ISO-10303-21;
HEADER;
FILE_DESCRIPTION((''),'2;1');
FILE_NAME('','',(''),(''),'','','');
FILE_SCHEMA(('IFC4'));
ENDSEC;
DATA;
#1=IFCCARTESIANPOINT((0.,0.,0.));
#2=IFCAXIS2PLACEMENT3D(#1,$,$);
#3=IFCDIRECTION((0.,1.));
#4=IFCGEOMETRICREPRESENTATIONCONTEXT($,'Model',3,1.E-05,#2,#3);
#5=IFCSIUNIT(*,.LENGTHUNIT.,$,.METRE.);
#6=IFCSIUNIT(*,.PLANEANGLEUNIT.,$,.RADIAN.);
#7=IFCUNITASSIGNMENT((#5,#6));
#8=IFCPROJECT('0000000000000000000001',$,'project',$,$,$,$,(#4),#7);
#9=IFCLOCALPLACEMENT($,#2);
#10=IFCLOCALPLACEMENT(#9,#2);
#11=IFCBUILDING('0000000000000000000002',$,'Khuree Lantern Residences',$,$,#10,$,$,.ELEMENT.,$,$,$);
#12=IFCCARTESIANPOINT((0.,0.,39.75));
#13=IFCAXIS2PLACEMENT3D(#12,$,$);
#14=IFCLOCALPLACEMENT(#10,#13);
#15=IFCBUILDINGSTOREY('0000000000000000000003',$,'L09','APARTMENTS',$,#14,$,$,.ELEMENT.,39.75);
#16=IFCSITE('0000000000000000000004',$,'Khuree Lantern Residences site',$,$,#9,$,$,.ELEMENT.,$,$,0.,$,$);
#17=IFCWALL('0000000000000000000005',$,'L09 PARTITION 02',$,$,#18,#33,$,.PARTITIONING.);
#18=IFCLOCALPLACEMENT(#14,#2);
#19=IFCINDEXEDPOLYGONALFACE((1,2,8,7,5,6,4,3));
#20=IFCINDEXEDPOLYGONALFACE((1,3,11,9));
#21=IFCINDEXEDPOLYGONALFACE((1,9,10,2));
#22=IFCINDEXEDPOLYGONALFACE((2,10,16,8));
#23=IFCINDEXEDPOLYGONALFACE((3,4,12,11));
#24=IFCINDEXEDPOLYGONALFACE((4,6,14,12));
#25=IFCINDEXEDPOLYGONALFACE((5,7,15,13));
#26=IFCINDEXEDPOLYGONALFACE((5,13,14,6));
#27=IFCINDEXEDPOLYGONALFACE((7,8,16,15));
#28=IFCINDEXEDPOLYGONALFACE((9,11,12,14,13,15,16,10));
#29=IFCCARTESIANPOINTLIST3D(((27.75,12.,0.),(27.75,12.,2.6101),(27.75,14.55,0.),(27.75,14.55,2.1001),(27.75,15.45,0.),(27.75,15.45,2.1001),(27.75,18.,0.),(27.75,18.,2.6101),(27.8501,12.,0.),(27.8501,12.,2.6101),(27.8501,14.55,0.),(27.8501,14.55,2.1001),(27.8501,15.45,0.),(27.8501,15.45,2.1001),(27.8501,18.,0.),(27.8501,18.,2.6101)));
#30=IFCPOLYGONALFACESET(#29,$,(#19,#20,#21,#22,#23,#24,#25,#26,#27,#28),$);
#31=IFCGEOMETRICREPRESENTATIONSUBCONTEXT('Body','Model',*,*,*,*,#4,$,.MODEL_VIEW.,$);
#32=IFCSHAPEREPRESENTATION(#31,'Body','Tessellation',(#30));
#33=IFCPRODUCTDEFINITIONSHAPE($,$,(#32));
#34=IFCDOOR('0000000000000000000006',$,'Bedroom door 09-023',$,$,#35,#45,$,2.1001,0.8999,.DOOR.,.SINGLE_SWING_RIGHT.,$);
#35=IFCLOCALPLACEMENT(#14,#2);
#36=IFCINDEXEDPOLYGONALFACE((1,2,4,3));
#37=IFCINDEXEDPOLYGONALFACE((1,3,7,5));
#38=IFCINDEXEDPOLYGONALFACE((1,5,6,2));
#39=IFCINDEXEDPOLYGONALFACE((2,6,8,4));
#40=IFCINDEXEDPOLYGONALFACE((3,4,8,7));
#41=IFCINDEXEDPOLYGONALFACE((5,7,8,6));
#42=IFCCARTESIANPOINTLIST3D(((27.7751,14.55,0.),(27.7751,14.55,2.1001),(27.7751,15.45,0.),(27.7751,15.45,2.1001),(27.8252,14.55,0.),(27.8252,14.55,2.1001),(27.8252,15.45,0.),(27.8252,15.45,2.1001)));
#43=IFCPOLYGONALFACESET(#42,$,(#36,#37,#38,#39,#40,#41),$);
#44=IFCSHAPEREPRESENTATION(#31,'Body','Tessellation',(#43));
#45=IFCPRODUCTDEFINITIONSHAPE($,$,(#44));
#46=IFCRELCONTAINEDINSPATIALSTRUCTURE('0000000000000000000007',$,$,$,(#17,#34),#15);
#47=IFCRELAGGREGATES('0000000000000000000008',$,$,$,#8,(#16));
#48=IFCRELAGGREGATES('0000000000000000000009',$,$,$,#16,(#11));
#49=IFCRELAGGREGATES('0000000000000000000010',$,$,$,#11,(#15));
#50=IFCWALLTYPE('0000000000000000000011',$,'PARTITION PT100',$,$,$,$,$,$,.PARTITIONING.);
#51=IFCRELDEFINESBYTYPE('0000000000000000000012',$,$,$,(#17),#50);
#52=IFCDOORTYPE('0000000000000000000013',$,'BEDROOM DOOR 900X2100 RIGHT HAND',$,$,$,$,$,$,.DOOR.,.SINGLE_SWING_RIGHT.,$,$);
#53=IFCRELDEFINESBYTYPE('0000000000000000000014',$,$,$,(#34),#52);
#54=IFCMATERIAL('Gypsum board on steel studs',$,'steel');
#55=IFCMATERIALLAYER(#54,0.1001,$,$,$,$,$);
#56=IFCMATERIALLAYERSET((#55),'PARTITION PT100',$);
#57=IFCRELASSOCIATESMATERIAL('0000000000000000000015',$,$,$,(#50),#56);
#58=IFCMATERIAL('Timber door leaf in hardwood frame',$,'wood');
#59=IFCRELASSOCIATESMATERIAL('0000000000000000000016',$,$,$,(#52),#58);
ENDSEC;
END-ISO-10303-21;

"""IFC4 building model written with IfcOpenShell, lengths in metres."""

from ifc_helpers import new_model, si_unit, direction, frame, frame_2d, origin, place, context, subcontext, project, spatial, rectangle, extrude, material, layer, layer_set, type_object, element, fill, save


model = new_model("IFC4")

# Units and contexts
model_context = context("Model", 3, precision=1e-05, world=origin(), true_north=direction((0.0, 1.0)))
body_context = subcontext(model_context, "Body", "Model", "MODEL_VIEW")
ifc_project = project(units=[si_unit("LENGTHUNIT", "METRE"), si_unit("PLANEANGLEUNIT", "RADIAN")], contexts=[model_context])

# Site, building, storey
site_placement = place(None, origin())
site = spatial("IfcSite", under=ifc_project, at=site_placement, Name="Khuree Lantern Residences site", CompositionType="ELEMENT", RefElevation=0.0)
building_placement = place(site_placement, origin())
building = spatial("IfcBuilding", under=site, at=building_placement, Name="Khuree Lantern Residences", CompositionType="ELEMENT")
storey_placement = place(building_placement, frame((0.0, 0.0, 39.75)))
storey = spatial("IfcBuildingStorey", under=building, at=storey_placement, Name="L09", Description="APARTMENTS", CompositionType="ELEMENT", Elevation=39.75)

# Shared definitions
ifc_material_1 = material(Name="Timber door leaf in hardwood frame", Category="wood")

# Shared definitions
ifc_material_2 = material(Name="Gypsum board on steel studs", Category="steel")
ifc_layer_1 = layer(ifc_material_2, 0.1001)
ifc_layer_set_1 = layer_set([ifc_layer_1], Name="PARTITION PT100")
wall_type_1 = type_object("IfcWallType", Name="PARTITION PT100", PredefinedType="PARTITIONING", material=ifc_layer_set_1)

# Wall, opening, door
wall_1_placement = place(storey_placement, frame((27.8, 12.0, 0.0), z_axis=(0.0, 0.0, 1.0), x_axis=(0.0, 1.0, 0.0)))
wall_1 = element("IfcWall", 1, at=wall_1_placement, inside=storey, type_object=wall_type_1, Name="L09 PARTITION 02", PredefinedType="PARTITIONING", context=body_context, shape_type="SweptSolid", body=[
    extrude(rectangle(XDim=6.0, YDim=0.1001, at=frame_2d((3.0, 0.0))), origin(), (0.0, 0.0, 1.0), 2.6101),
])
opening_1_placement = place(wall_1_placement, frame((2.55, 0.0, 0.0)))
opening_1 = element("IfcOpeningElement", 2, at=opening_1_placement, cuts=wall_1, PredefinedType="OPENING", context=body_context, shape_type="SweptSolid", body=[
    extrude(rectangle(XDim=0.8999, YDim=2.1001, at=frame_2d((0.45, 1.05))), frame((0.0, 0.0601, 0.0), z_axis=(0.0, -1.0, 0.0), x_axis=(1.0, 0.0, 0.0)), (0.0, 0.0, 1.0), 0.1201),
])
door_type_1 = type_object("IfcDoorType", Name="BEDROOM DOOR 900X2100 RIGHT HAND", OperationType="SINGLE_SWING_RIGHT", PredefinedType="DOOR", material=ifc_material_1)
door_1_placement = place(opening_1_placement, origin())
door_1 = element("IfcDoor", 3, at=door_1_placement, inside=storey, type_object=door_type_1, Name="Bedroom door 09-023", OperationType="SINGLE_SWING_RIGHT", OverallHeight=2.1001, OverallWidth=0.8999, PredefinedType="DOOR", context=body_context, shape_type="SweptSolid", body=[
    extrude(rectangle(XDim=0.8999, YDim=2.1001, at=frame_2d((0.45, 1.05))), frame((0.0, 0.0249, 0.0), z_axis=(0.0, -1.0, 0.0), x_axis=(1.0, 0.0, 0.0)), (0.0, 0.0, 1.0), 0.05),
])
fill(opening_1, door_1)

save(model, "model.ifc")
